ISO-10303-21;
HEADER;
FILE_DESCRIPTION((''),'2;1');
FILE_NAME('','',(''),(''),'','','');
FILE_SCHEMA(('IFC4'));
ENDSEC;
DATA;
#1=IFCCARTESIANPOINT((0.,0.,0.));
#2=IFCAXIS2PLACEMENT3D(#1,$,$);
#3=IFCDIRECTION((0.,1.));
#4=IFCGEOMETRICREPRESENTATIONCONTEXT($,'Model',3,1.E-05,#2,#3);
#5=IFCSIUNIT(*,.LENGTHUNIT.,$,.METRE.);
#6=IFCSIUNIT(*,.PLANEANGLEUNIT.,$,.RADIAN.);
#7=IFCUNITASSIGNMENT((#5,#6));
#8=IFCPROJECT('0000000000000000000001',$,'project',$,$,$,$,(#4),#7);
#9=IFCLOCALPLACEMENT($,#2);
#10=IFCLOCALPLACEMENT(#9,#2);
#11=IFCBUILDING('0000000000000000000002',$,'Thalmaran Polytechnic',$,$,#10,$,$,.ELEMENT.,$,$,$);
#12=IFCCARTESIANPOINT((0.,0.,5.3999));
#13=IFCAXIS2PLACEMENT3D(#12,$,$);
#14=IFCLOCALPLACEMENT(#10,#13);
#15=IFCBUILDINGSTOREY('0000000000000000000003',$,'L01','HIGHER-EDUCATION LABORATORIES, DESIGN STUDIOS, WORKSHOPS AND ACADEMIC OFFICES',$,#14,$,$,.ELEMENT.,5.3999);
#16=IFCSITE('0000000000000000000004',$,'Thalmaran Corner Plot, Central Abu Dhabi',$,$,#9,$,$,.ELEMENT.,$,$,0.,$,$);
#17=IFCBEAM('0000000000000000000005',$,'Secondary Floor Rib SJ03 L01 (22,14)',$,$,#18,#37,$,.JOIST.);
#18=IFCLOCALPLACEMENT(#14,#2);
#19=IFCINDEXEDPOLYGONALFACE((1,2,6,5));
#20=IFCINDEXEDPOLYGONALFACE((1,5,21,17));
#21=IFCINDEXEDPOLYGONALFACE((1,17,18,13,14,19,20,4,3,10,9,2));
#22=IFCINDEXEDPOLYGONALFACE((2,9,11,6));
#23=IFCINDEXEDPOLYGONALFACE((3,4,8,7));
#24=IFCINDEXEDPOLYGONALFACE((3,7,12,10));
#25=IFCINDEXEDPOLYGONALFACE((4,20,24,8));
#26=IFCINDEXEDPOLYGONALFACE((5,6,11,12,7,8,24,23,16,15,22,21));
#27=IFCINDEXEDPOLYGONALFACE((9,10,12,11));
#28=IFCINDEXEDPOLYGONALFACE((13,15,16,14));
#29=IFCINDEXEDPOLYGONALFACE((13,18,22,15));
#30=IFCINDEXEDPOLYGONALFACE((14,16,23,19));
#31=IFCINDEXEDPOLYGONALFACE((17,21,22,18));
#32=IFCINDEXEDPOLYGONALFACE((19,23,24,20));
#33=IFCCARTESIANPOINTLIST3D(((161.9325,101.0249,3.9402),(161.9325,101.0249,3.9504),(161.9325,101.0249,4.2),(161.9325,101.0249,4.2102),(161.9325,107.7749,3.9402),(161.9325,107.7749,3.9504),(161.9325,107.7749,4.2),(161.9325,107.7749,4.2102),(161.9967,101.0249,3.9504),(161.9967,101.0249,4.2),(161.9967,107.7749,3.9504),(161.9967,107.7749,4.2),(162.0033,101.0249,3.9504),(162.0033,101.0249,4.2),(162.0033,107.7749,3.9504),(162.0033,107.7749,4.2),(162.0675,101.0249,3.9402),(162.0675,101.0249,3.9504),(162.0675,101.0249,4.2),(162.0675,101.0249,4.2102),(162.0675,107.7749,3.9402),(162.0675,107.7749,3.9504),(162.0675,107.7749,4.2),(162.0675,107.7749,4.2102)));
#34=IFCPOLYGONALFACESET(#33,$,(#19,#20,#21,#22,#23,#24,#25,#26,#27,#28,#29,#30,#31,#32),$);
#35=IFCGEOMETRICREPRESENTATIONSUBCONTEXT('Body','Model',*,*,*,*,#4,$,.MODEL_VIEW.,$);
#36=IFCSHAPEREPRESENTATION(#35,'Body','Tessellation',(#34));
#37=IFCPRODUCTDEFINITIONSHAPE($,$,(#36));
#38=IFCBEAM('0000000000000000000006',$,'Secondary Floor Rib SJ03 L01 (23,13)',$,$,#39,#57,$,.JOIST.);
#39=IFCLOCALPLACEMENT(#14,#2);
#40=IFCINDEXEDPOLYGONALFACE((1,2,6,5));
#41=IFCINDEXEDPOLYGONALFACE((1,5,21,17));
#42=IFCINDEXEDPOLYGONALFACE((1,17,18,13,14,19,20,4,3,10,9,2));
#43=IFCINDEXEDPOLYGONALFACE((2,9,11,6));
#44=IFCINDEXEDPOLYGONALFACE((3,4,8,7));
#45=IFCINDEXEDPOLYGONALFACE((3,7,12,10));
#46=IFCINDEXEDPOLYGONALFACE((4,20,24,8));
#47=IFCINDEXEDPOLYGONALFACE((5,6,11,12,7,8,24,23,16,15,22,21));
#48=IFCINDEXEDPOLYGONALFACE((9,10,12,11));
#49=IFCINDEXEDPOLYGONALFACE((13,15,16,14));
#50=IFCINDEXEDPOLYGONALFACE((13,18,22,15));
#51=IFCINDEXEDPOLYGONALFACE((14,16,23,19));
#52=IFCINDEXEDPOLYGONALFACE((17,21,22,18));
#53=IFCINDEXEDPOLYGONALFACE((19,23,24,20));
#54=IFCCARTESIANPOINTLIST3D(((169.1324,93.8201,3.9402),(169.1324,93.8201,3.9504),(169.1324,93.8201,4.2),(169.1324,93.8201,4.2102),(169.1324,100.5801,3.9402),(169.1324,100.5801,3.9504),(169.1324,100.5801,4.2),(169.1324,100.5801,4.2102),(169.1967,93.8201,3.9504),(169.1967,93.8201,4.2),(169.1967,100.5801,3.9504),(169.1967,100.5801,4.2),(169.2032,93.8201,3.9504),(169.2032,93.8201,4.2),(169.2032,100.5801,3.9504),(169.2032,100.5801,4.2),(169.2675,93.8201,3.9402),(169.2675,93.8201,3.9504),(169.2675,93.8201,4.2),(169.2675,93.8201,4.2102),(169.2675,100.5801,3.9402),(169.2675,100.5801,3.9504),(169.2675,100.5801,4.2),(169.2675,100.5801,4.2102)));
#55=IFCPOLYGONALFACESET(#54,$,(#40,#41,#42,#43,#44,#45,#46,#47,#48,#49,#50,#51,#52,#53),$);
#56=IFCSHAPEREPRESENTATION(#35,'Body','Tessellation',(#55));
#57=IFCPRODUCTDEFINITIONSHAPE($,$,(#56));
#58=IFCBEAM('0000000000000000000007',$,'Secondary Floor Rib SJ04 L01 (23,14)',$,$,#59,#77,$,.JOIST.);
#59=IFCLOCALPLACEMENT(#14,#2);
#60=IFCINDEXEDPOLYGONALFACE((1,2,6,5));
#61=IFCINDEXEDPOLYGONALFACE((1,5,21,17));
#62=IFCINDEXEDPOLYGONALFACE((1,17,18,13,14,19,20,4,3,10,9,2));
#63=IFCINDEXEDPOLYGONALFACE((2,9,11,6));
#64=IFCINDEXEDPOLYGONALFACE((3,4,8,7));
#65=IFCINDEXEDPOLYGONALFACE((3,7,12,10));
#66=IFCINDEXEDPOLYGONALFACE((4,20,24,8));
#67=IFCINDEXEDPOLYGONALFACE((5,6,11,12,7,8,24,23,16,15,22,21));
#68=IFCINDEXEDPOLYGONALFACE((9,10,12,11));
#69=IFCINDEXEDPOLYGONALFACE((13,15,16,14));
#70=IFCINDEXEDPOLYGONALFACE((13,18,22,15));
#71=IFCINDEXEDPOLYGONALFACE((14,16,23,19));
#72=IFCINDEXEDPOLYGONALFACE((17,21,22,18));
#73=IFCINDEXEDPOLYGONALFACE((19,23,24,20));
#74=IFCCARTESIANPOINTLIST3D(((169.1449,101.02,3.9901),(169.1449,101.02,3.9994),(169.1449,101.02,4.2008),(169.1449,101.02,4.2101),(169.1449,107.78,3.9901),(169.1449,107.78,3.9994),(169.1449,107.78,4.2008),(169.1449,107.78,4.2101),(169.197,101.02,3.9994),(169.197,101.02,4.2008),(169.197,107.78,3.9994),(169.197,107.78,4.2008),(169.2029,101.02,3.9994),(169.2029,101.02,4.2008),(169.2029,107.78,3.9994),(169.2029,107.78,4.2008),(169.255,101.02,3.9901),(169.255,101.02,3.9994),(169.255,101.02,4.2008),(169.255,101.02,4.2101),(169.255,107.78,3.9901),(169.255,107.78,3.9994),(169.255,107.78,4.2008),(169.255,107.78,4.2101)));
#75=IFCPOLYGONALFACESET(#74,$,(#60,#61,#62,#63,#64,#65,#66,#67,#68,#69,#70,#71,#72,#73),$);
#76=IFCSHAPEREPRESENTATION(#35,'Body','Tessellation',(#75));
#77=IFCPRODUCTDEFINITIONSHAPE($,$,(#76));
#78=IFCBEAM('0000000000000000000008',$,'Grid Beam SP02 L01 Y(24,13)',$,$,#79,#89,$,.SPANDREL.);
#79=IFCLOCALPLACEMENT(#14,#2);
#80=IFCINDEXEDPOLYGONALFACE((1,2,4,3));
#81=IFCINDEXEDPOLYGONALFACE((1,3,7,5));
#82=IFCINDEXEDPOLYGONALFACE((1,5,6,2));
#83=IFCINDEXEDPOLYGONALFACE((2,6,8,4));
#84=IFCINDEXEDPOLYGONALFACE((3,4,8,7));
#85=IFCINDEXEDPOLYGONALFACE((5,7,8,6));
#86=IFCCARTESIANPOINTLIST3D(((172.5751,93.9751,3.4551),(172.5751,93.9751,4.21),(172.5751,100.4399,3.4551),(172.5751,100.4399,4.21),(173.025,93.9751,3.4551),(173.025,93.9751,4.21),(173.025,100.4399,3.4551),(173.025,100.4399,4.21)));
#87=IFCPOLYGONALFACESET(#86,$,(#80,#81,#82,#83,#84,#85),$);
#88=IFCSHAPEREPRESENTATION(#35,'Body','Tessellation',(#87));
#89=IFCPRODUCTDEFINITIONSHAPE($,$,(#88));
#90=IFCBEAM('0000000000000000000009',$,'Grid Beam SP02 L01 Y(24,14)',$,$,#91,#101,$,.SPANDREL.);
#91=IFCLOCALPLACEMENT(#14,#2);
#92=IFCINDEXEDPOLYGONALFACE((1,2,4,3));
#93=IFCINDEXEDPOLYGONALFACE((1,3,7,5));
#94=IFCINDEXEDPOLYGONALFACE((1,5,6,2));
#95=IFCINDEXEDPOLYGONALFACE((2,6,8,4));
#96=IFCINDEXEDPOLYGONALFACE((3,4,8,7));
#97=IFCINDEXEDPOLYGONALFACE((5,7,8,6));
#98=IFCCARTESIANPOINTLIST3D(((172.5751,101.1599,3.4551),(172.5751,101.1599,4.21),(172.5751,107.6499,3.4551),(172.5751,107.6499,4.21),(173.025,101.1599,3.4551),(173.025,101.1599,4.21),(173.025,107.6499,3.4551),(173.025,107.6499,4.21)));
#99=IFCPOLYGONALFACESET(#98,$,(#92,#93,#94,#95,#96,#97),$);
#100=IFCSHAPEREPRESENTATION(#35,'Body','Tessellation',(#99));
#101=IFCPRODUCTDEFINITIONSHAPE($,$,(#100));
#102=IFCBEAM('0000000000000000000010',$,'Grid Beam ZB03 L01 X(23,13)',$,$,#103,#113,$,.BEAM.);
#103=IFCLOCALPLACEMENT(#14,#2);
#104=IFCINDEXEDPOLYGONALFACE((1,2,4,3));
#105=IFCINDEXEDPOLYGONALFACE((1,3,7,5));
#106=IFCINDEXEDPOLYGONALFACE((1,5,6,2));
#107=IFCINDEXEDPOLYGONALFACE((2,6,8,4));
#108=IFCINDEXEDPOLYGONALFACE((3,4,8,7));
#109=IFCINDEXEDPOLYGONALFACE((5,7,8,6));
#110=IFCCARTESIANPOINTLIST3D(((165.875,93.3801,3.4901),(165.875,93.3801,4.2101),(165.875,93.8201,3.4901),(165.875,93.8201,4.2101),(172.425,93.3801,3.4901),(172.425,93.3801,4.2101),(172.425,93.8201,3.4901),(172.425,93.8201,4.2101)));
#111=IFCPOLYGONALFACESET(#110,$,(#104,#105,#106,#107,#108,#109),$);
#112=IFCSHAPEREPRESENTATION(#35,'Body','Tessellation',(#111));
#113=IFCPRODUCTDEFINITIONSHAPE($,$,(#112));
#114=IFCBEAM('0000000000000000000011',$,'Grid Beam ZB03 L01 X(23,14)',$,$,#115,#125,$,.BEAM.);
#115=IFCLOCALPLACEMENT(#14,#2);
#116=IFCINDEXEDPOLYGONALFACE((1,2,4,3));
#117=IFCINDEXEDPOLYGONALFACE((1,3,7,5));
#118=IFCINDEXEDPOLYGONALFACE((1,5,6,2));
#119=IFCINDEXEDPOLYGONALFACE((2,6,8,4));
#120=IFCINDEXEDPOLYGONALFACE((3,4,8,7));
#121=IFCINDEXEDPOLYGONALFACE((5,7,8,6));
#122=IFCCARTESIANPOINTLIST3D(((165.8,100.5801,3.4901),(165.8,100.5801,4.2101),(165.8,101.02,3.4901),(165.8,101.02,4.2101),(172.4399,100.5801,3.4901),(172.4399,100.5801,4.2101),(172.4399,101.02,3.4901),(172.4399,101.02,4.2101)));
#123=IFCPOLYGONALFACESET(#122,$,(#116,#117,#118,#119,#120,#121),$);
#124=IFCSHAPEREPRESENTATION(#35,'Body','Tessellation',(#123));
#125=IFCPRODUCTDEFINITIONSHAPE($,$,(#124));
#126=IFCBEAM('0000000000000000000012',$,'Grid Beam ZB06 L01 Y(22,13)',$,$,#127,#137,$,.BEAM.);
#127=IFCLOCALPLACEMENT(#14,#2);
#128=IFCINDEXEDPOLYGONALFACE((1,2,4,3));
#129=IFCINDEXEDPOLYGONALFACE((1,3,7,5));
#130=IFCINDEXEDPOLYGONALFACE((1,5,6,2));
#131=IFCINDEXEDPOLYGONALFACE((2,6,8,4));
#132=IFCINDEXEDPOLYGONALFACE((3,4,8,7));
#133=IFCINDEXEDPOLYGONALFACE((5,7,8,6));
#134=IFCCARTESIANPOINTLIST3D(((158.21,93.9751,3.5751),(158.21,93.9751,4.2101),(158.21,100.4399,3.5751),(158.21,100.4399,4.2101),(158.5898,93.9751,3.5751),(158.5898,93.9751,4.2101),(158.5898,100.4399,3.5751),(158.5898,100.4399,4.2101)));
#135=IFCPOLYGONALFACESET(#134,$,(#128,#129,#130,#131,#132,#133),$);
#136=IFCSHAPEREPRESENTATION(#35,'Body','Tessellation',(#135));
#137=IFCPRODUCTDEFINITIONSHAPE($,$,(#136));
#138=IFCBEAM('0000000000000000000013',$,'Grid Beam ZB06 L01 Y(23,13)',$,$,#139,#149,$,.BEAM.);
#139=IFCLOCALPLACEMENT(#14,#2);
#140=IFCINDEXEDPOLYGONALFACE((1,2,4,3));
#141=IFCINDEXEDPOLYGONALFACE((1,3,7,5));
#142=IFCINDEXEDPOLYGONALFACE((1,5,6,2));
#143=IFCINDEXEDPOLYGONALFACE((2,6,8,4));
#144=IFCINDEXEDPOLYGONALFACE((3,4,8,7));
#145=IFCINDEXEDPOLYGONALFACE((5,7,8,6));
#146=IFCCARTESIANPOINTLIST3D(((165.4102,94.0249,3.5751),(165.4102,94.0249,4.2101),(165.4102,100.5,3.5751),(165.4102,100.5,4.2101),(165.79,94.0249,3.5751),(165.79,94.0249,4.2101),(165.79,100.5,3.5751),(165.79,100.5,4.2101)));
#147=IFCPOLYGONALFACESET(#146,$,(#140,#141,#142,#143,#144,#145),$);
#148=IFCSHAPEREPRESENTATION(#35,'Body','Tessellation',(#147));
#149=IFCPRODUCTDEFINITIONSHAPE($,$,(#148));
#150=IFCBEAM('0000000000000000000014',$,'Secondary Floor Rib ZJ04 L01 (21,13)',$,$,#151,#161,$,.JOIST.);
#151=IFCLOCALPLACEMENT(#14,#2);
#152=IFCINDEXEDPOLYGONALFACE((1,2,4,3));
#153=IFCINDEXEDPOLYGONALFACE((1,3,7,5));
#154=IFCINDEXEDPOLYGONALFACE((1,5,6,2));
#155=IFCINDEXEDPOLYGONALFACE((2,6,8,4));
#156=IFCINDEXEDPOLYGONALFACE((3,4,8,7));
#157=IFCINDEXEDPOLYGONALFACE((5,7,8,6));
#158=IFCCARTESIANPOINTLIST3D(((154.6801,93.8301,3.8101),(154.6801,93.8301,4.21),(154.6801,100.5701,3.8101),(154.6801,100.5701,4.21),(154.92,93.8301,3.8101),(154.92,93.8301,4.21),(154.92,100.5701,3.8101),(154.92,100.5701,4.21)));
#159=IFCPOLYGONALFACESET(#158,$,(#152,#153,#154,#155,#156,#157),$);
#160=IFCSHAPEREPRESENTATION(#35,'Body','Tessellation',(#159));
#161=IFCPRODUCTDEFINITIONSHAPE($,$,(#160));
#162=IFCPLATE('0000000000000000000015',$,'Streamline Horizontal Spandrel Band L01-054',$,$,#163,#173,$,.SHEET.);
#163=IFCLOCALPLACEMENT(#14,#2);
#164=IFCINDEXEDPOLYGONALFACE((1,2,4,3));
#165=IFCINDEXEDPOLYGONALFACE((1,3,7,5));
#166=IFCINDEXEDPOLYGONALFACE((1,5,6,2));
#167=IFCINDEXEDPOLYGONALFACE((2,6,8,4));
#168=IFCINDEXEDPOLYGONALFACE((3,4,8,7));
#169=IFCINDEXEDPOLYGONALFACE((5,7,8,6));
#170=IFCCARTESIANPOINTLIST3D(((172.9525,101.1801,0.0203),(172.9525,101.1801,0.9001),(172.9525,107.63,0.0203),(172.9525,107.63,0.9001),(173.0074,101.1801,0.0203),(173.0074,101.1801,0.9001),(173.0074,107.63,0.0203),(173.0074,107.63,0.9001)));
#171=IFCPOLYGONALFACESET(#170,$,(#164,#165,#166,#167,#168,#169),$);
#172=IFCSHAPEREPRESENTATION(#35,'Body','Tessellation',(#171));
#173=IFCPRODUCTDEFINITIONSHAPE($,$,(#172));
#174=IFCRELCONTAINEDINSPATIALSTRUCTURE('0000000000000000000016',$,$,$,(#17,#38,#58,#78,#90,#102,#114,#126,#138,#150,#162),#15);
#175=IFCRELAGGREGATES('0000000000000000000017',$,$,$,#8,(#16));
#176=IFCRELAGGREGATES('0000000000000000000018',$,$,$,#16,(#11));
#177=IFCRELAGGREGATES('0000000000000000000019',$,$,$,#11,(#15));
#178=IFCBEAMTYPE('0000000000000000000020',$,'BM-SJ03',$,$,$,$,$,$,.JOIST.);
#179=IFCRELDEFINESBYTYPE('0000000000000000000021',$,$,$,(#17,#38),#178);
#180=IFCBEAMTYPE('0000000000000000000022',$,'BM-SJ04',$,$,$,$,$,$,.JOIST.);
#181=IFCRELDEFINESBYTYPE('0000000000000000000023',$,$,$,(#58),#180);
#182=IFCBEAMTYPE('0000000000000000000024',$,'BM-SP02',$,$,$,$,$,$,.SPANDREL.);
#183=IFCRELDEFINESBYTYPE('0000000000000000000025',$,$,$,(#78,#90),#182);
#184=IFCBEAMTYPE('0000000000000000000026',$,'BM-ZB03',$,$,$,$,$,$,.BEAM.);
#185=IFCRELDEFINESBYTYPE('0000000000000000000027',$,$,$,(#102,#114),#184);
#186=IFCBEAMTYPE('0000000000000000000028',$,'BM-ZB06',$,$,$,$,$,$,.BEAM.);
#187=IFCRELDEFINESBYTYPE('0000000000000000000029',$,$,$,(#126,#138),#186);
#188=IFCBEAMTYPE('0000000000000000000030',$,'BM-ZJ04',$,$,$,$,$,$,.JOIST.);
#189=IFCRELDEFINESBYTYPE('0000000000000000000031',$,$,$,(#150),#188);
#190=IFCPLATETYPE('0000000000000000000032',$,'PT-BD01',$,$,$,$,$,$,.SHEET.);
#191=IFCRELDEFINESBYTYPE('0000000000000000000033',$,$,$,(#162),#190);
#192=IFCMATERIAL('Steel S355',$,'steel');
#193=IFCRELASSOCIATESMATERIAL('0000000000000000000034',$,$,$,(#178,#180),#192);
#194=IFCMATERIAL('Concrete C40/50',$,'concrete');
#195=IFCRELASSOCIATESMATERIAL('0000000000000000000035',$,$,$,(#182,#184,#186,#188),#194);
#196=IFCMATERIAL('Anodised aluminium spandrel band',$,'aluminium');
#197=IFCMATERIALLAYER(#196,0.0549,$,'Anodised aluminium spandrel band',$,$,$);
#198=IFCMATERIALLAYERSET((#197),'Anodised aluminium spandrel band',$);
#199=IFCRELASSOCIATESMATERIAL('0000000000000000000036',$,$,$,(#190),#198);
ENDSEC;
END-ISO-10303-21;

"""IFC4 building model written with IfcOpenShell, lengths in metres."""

from ifc_helpers import new_model, si_unit, direction, frame, origin, origin_2d, place, context, subcontext, project, spatial, rectangle, i_section, extrude, material, layer, layer_set, material_profile, profile_set, type_object, element, save


model = new_model("IFC4")

# Units and contexts
model_context = context("Model", 3, precision=1e-05, world=origin(), true_north=direction((0.0, 1.0)))
body_context = subcontext(model_context, "Body", "Model", "MODEL_VIEW")
ifc_project = project(units=[si_unit("LENGTHUNIT", "METRE"), si_unit("PLANEANGLEUNIT", "RADIAN")], contexts=[model_context])

# Site, building, storey
site_placement = place(None, origin())
site = spatial("IfcSite", under=ifc_project, at=site_placement, Name="Thalmaran Corner Plot, Central Abu Dhabi", CompositionType="ELEMENT", RefElevation=0.0)
building_placement = place(site_placement, origin())
building = spatial("IfcBuilding", under=site, at=building_placement, Name="Thalmaran Polytechnic", CompositionType="ELEMENT")
storey_placement = place(building_placement, frame((0.0, 0.0, 5.3999)))
storey = spatial("IfcBuildingStorey", under=building, at=storey_placement, Name="L01", Description="HIGHER-EDUCATION LABORATORIES, DESIGN STUDIOS, WORKSHOPS AND ACADEMIC OFFICES", CompositionType="ELEMENT", Elevation=5.3999)

# Shared definitions
ifc_material_1 = material(Name="Concrete C40/50", Category="concrete")

# Beams
ifc_material_2 = material(Name="Steel S355", Category="steel")
ifc_material_profile_1 = material_profile(ifc_material_2, i_section(OverallWidth=0.135, OverallDepth=0.27, WebThickness=0.0066, FlangeThickness=0.0103, at=origin_2d()), Name="IPE 270")
ifc_profile_set_1 = profile_set([ifc_material_profile_1], Name="Steel S355")
beam_type_1 = type_object("IfcBeamType", Name="BM-SJ03", PredefinedType="JOIST", material=ifc_profile_set_1)
beam_1_placement = place(storey_placement, frame((162.0, 101.0249, 4.0752), z_axis=(0.0, 1.0, 0.0), x_axis=(-1.0, 0.0, 0.0)))
element("IfcBeam", 1, at=beam_1_placement, inside=storey, type_object=beam_type_1, Name="Secondary Floor Rib SJ03 L01 (22,14)", PredefinedType="JOIST", context=body_context, shape_type="SweptSolid", body=[
    extrude(i_section(OverallWidth=0.135, OverallDepth=0.27, WebThickness=0.0066, FlangeThickness=0.0103, at=origin_2d()), origin(), (0.0, 0.0, 1.0), 6.75),
])
beam_2_placement = place(storey_placement, frame((169.2, 93.8201, 4.0752), z_axis=(0.0, 1.0, 0.0), x_axis=(-1.0, 0.0, 0.0)))
element("IfcBeam", 2, at=beam_2_placement, inside=storey, type_object=beam_type_1, Name="Secondary Floor Rib SJ03 L01 (23,13)", PredefinedType="JOIST", context=body_context, shape_type="SweptSolid", body=[
    extrude(i_section(OverallWidth=0.135, OverallDepth=0.27, WebThickness=0.0066, FlangeThickness=0.0103, at=origin_2d()), origin(), (0.0, 0.0, 1.0), 6.76),
])
ifc_material_profile_2 = material_profile(ifc_material_2, i_section(OverallWidth=0.1101, OverallDepth=0.22, WebThickness=0.0059, FlangeThickness=0.0093, at=origin_2d()), Name="IPE 220")
ifc_profile_set_2 = profile_set([ifc_material_profile_2], Name="Steel S355")
beam_type_2 = type_object("IfcBeamType", Name="BM-SJ04", PredefinedType="JOIST", material=ifc_profile_set_2)
beam_3_placement = place(storey_placement, frame((169.2, 101.02, 4.1001), z_axis=(0.0, 1.0, 0.0), x_axis=(-1.0, 0.0, 0.0)))
element("IfcBeam", 3, at=beam_3_placement, inside=storey, type_object=beam_type_2, Name="Secondary Floor Rib SJ04 L01 (23,14)", PredefinedType="JOIST", context=body_context, shape_type="SweptSolid", body=[
    extrude(i_section(OverallWidth=0.1101, OverallDepth=0.22, WebThickness=0.0059, FlangeThickness=0.0093, at=origin_2d()), origin(), (0.0, 0.0, 1.0), 6.76),
])
ifc_material_profile_3 = material_profile(ifc_material_1, rectangle(XDim=0.45, YDim=0.7549, at=origin_2d()), Name="RC 450x755")
ifc_profile_set_3 = profile_set([ifc_material_profile_3], Name="Concrete C40/50")
beam_type_3 = type_object("IfcBeamType", Name="BM-SP02", PredefinedType="SPANDREL", material=ifc_profile_set_3)
beam_4_placement = place(storey_placement, frame((172.8, 93.9751, 3.8325), z_axis=(0.0, 1.0, 0.0), x_axis=(-1.0, 0.0, 0.0)))
element("IfcBeam", 4, at=beam_4_placement, inside=storey, type_object=beam_type_3, Name="Grid Beam SP02 L01 Y(24,13)", PredefinedType="SPANDREL", context=body_context, shape_type="SweptSolid", body=[
    extrude(rectangle(XDim=0.45, YDim=0.7549, at=origin_2d()), origin(), (0.0, 0.0, 1.0), 6.4648),
])
beam_5_placement = place(storey_placement, frame((172.8, 101.1599, 3.8325), z_axis=(0.0, 1.0, 0.0), x_axis=(-1.0, 0.0, 0.0)))
element("IfcBeam", 5, at=beam_5_placement, inside=storey, type_object=beam_type_3, Name="Grid Beam SP02 L01 Y(24,14)", PredefinedType="SPANDREL", context=body_context, shape_type="SweptSolid", body=[
    extrude(rectangle(XDim=0.45, YDim=0.7549, at=origin_2d()), origin(), (0.0, 0.0, 1.0), 6.49),
])
ifc_material_profile_4 = material_profile(ifc_material_1, rectangle(XDim=0.4399, YDim=0.72, at=origin_2d()), Name="RC 440x720")
ifc_profile_set_4 = profile_set([ifc_material_profile_4], Name="Concrete C40/50")
beam_type_4 = type_object("IfcBeamType", Name="BM-ZB03", PredefinedType="BEAM", material=ifc_profile_set_4)
beam_6_placement = place(storey_placement, frame((165.875, 93.6001, 3.8501), z_axis=(1.0, 0.0, 0.0), x_axis=(0.0, 1.0, 0.0)))
element("IfcBeam", 6, at=beam_6_placement, inside=storey, type_object=beam_type_4, Name="Grid Beam ZB03 L01 X(23,13)", PredefinedType="BEAM", context=body_context, shape_type="SweptSolid", body=[
    extrude(rectangle(XDim=0.4399, YDim=0.72, at=origin_2d()), origin(), (0.0, 0.0, 1.0), 6.55),
])
beam_7_placement = place(storey_placement, frame((165.8, 100.8, 3.8501), z_axis=(1.0, 0.0, 0.0), x_axis=(0.0, 1.0, 0.0)))
element("IfcBeam", 7, at=beam_7_placement, inside=storey, type_object=beam_type_4, Name="Grid Beam ZB03 L01 X(23,14)", PredefinedType="BEAM", context=body_context, shape_type="SweptSolid", body=[
    extrude(rectangle(XDim=0.4399, YDim=0.72, at=origin_2d()), origin(), (0.0, 0.0, 1.0), 6.6399),
])
ifc_material_profile_5 = material_profile(ifc_material_1, rectangle(XDim=0.3799, YDim=0.635, at=origin_2d()), Name="RC 380x635")
ifc_profile_set_5 = profile_set([ifc_material_profile_5], Name="Concrete C40/50")
beam_type_5 = type_object("IfcBeamType", Name="BM-ZB06", PredefinedType="BEAM", material=ifc_profile_set_5)
beam_8_placement = place(storey_placement, frame((158.3999, 93.9751, 3.8926), z_axis=(0.0, 1.0, 0.0), x_axis=(-1.0, 0.0, 0.0)))
element("IfcBeam", 8, at=beam_8_placement, inside=storey, type_object=beam_type_5, Name="Grid Beam ZB06 L01 Y(22,13)", PredefinedType="BEAM", context=body_context, shape_type="SweptSolid", body=[
    extrude(rectangle(XDim=0.3799, YDim=0.635, at=origin_2d()), origin(), (0.0, 0.0, 1.0), 6.4648),
])
beam_9_placement = place(storey_placement, frame((165.6001, 94.0249, 3.8926), z_axis=(0.0, 1.0, 0.0), x_axis=(-1.0, 0.0, 0.0)))
element("IfcBeam", 9, at=beam_9_placement, inside=storey, type_object=beam_type_5, Name="Grid Beam ZB06 L01 Y(23,13)", PredefinedType="BEAM", context=body_context, shape_type="SweptSolid", body=[
    extrude(rectangle(XDim=0.3799, YDim=0.635, at=origin_2d()), origin(), (0.0, 0.0, 1.0), 6.4751),
])
ifc_material_profile_6 = material_profile(ifc_material_1, rectangle(XDim=0.24, YDim=0.3999, at=origin_2d()), Name="RC 240x400")
ifc_profile_set_6 = profile_set([ifc_material_profile_6], Name="Concrete C40/50")
beam_type_6 = type_object("IfcBeamType", Name="BM-ZJ04", PredefinedType="JOIST", material=ifc_profile_set_6)
beam_10_placement = place(storey_placement, frame((154.8, 93.8301, 4.01), z_axis=(0.0, 1.0, 0.0), x_axis=(-1.0, 0.0, 0.0)))
element("IfcBeam", 10, at=beam_10_placement, inside=storey, type_object=beam_type_6, Name="Secondary Floor Rib ZJ04 L01 (21,13)", PredefinedType="JOIST", context=body_context, shape_type="SweptSolid", body=[
    extrude(rectangle(XDim=0.24, YDim=0.3999, at=origin_2d()), origin(), (0.0, 0.0, 1.0), 6.74),
])

# Plate
ifc_material_3 = material(Name="Anodised aluminium spandrel band", Category="aluminium")
ifc_layer_1 = layer(ifc_material_3, 0.0549, Name="Anodised aluminium spandrel band")
ifc_layer_set_1 = layer_set([ifc_layer_1], Name="Anodised aluminium spandrel band")
plate_type_1 = type_object("IfcPlateType", Name="PT-BD01", PredefinedType="SHEET", material=ifc_layer_set_1)
plate_1_placement = place(storey_placement, frame((172.98, 104.405, 0.0203), z_axis=(0.0, 0.0, 1.0), x_axis=(0.0, -1.0, 0.0)))
element("IfcPlate", 11, at=plate_1_placement, inside=storey, type_object=plate_type_1, Name="Streamline Horizontal Spandrel Band L01-054", PredefinedType="SHEET", context=body_context, shape_type="SweptSolid", body=[
    extrude(rectangle(XDim=6.45, YDim=0.0549, at=origin_2d()), origin(), (0.0, 0.0, 1.0), 0.8799),
])

save(model, "model.ifc")
